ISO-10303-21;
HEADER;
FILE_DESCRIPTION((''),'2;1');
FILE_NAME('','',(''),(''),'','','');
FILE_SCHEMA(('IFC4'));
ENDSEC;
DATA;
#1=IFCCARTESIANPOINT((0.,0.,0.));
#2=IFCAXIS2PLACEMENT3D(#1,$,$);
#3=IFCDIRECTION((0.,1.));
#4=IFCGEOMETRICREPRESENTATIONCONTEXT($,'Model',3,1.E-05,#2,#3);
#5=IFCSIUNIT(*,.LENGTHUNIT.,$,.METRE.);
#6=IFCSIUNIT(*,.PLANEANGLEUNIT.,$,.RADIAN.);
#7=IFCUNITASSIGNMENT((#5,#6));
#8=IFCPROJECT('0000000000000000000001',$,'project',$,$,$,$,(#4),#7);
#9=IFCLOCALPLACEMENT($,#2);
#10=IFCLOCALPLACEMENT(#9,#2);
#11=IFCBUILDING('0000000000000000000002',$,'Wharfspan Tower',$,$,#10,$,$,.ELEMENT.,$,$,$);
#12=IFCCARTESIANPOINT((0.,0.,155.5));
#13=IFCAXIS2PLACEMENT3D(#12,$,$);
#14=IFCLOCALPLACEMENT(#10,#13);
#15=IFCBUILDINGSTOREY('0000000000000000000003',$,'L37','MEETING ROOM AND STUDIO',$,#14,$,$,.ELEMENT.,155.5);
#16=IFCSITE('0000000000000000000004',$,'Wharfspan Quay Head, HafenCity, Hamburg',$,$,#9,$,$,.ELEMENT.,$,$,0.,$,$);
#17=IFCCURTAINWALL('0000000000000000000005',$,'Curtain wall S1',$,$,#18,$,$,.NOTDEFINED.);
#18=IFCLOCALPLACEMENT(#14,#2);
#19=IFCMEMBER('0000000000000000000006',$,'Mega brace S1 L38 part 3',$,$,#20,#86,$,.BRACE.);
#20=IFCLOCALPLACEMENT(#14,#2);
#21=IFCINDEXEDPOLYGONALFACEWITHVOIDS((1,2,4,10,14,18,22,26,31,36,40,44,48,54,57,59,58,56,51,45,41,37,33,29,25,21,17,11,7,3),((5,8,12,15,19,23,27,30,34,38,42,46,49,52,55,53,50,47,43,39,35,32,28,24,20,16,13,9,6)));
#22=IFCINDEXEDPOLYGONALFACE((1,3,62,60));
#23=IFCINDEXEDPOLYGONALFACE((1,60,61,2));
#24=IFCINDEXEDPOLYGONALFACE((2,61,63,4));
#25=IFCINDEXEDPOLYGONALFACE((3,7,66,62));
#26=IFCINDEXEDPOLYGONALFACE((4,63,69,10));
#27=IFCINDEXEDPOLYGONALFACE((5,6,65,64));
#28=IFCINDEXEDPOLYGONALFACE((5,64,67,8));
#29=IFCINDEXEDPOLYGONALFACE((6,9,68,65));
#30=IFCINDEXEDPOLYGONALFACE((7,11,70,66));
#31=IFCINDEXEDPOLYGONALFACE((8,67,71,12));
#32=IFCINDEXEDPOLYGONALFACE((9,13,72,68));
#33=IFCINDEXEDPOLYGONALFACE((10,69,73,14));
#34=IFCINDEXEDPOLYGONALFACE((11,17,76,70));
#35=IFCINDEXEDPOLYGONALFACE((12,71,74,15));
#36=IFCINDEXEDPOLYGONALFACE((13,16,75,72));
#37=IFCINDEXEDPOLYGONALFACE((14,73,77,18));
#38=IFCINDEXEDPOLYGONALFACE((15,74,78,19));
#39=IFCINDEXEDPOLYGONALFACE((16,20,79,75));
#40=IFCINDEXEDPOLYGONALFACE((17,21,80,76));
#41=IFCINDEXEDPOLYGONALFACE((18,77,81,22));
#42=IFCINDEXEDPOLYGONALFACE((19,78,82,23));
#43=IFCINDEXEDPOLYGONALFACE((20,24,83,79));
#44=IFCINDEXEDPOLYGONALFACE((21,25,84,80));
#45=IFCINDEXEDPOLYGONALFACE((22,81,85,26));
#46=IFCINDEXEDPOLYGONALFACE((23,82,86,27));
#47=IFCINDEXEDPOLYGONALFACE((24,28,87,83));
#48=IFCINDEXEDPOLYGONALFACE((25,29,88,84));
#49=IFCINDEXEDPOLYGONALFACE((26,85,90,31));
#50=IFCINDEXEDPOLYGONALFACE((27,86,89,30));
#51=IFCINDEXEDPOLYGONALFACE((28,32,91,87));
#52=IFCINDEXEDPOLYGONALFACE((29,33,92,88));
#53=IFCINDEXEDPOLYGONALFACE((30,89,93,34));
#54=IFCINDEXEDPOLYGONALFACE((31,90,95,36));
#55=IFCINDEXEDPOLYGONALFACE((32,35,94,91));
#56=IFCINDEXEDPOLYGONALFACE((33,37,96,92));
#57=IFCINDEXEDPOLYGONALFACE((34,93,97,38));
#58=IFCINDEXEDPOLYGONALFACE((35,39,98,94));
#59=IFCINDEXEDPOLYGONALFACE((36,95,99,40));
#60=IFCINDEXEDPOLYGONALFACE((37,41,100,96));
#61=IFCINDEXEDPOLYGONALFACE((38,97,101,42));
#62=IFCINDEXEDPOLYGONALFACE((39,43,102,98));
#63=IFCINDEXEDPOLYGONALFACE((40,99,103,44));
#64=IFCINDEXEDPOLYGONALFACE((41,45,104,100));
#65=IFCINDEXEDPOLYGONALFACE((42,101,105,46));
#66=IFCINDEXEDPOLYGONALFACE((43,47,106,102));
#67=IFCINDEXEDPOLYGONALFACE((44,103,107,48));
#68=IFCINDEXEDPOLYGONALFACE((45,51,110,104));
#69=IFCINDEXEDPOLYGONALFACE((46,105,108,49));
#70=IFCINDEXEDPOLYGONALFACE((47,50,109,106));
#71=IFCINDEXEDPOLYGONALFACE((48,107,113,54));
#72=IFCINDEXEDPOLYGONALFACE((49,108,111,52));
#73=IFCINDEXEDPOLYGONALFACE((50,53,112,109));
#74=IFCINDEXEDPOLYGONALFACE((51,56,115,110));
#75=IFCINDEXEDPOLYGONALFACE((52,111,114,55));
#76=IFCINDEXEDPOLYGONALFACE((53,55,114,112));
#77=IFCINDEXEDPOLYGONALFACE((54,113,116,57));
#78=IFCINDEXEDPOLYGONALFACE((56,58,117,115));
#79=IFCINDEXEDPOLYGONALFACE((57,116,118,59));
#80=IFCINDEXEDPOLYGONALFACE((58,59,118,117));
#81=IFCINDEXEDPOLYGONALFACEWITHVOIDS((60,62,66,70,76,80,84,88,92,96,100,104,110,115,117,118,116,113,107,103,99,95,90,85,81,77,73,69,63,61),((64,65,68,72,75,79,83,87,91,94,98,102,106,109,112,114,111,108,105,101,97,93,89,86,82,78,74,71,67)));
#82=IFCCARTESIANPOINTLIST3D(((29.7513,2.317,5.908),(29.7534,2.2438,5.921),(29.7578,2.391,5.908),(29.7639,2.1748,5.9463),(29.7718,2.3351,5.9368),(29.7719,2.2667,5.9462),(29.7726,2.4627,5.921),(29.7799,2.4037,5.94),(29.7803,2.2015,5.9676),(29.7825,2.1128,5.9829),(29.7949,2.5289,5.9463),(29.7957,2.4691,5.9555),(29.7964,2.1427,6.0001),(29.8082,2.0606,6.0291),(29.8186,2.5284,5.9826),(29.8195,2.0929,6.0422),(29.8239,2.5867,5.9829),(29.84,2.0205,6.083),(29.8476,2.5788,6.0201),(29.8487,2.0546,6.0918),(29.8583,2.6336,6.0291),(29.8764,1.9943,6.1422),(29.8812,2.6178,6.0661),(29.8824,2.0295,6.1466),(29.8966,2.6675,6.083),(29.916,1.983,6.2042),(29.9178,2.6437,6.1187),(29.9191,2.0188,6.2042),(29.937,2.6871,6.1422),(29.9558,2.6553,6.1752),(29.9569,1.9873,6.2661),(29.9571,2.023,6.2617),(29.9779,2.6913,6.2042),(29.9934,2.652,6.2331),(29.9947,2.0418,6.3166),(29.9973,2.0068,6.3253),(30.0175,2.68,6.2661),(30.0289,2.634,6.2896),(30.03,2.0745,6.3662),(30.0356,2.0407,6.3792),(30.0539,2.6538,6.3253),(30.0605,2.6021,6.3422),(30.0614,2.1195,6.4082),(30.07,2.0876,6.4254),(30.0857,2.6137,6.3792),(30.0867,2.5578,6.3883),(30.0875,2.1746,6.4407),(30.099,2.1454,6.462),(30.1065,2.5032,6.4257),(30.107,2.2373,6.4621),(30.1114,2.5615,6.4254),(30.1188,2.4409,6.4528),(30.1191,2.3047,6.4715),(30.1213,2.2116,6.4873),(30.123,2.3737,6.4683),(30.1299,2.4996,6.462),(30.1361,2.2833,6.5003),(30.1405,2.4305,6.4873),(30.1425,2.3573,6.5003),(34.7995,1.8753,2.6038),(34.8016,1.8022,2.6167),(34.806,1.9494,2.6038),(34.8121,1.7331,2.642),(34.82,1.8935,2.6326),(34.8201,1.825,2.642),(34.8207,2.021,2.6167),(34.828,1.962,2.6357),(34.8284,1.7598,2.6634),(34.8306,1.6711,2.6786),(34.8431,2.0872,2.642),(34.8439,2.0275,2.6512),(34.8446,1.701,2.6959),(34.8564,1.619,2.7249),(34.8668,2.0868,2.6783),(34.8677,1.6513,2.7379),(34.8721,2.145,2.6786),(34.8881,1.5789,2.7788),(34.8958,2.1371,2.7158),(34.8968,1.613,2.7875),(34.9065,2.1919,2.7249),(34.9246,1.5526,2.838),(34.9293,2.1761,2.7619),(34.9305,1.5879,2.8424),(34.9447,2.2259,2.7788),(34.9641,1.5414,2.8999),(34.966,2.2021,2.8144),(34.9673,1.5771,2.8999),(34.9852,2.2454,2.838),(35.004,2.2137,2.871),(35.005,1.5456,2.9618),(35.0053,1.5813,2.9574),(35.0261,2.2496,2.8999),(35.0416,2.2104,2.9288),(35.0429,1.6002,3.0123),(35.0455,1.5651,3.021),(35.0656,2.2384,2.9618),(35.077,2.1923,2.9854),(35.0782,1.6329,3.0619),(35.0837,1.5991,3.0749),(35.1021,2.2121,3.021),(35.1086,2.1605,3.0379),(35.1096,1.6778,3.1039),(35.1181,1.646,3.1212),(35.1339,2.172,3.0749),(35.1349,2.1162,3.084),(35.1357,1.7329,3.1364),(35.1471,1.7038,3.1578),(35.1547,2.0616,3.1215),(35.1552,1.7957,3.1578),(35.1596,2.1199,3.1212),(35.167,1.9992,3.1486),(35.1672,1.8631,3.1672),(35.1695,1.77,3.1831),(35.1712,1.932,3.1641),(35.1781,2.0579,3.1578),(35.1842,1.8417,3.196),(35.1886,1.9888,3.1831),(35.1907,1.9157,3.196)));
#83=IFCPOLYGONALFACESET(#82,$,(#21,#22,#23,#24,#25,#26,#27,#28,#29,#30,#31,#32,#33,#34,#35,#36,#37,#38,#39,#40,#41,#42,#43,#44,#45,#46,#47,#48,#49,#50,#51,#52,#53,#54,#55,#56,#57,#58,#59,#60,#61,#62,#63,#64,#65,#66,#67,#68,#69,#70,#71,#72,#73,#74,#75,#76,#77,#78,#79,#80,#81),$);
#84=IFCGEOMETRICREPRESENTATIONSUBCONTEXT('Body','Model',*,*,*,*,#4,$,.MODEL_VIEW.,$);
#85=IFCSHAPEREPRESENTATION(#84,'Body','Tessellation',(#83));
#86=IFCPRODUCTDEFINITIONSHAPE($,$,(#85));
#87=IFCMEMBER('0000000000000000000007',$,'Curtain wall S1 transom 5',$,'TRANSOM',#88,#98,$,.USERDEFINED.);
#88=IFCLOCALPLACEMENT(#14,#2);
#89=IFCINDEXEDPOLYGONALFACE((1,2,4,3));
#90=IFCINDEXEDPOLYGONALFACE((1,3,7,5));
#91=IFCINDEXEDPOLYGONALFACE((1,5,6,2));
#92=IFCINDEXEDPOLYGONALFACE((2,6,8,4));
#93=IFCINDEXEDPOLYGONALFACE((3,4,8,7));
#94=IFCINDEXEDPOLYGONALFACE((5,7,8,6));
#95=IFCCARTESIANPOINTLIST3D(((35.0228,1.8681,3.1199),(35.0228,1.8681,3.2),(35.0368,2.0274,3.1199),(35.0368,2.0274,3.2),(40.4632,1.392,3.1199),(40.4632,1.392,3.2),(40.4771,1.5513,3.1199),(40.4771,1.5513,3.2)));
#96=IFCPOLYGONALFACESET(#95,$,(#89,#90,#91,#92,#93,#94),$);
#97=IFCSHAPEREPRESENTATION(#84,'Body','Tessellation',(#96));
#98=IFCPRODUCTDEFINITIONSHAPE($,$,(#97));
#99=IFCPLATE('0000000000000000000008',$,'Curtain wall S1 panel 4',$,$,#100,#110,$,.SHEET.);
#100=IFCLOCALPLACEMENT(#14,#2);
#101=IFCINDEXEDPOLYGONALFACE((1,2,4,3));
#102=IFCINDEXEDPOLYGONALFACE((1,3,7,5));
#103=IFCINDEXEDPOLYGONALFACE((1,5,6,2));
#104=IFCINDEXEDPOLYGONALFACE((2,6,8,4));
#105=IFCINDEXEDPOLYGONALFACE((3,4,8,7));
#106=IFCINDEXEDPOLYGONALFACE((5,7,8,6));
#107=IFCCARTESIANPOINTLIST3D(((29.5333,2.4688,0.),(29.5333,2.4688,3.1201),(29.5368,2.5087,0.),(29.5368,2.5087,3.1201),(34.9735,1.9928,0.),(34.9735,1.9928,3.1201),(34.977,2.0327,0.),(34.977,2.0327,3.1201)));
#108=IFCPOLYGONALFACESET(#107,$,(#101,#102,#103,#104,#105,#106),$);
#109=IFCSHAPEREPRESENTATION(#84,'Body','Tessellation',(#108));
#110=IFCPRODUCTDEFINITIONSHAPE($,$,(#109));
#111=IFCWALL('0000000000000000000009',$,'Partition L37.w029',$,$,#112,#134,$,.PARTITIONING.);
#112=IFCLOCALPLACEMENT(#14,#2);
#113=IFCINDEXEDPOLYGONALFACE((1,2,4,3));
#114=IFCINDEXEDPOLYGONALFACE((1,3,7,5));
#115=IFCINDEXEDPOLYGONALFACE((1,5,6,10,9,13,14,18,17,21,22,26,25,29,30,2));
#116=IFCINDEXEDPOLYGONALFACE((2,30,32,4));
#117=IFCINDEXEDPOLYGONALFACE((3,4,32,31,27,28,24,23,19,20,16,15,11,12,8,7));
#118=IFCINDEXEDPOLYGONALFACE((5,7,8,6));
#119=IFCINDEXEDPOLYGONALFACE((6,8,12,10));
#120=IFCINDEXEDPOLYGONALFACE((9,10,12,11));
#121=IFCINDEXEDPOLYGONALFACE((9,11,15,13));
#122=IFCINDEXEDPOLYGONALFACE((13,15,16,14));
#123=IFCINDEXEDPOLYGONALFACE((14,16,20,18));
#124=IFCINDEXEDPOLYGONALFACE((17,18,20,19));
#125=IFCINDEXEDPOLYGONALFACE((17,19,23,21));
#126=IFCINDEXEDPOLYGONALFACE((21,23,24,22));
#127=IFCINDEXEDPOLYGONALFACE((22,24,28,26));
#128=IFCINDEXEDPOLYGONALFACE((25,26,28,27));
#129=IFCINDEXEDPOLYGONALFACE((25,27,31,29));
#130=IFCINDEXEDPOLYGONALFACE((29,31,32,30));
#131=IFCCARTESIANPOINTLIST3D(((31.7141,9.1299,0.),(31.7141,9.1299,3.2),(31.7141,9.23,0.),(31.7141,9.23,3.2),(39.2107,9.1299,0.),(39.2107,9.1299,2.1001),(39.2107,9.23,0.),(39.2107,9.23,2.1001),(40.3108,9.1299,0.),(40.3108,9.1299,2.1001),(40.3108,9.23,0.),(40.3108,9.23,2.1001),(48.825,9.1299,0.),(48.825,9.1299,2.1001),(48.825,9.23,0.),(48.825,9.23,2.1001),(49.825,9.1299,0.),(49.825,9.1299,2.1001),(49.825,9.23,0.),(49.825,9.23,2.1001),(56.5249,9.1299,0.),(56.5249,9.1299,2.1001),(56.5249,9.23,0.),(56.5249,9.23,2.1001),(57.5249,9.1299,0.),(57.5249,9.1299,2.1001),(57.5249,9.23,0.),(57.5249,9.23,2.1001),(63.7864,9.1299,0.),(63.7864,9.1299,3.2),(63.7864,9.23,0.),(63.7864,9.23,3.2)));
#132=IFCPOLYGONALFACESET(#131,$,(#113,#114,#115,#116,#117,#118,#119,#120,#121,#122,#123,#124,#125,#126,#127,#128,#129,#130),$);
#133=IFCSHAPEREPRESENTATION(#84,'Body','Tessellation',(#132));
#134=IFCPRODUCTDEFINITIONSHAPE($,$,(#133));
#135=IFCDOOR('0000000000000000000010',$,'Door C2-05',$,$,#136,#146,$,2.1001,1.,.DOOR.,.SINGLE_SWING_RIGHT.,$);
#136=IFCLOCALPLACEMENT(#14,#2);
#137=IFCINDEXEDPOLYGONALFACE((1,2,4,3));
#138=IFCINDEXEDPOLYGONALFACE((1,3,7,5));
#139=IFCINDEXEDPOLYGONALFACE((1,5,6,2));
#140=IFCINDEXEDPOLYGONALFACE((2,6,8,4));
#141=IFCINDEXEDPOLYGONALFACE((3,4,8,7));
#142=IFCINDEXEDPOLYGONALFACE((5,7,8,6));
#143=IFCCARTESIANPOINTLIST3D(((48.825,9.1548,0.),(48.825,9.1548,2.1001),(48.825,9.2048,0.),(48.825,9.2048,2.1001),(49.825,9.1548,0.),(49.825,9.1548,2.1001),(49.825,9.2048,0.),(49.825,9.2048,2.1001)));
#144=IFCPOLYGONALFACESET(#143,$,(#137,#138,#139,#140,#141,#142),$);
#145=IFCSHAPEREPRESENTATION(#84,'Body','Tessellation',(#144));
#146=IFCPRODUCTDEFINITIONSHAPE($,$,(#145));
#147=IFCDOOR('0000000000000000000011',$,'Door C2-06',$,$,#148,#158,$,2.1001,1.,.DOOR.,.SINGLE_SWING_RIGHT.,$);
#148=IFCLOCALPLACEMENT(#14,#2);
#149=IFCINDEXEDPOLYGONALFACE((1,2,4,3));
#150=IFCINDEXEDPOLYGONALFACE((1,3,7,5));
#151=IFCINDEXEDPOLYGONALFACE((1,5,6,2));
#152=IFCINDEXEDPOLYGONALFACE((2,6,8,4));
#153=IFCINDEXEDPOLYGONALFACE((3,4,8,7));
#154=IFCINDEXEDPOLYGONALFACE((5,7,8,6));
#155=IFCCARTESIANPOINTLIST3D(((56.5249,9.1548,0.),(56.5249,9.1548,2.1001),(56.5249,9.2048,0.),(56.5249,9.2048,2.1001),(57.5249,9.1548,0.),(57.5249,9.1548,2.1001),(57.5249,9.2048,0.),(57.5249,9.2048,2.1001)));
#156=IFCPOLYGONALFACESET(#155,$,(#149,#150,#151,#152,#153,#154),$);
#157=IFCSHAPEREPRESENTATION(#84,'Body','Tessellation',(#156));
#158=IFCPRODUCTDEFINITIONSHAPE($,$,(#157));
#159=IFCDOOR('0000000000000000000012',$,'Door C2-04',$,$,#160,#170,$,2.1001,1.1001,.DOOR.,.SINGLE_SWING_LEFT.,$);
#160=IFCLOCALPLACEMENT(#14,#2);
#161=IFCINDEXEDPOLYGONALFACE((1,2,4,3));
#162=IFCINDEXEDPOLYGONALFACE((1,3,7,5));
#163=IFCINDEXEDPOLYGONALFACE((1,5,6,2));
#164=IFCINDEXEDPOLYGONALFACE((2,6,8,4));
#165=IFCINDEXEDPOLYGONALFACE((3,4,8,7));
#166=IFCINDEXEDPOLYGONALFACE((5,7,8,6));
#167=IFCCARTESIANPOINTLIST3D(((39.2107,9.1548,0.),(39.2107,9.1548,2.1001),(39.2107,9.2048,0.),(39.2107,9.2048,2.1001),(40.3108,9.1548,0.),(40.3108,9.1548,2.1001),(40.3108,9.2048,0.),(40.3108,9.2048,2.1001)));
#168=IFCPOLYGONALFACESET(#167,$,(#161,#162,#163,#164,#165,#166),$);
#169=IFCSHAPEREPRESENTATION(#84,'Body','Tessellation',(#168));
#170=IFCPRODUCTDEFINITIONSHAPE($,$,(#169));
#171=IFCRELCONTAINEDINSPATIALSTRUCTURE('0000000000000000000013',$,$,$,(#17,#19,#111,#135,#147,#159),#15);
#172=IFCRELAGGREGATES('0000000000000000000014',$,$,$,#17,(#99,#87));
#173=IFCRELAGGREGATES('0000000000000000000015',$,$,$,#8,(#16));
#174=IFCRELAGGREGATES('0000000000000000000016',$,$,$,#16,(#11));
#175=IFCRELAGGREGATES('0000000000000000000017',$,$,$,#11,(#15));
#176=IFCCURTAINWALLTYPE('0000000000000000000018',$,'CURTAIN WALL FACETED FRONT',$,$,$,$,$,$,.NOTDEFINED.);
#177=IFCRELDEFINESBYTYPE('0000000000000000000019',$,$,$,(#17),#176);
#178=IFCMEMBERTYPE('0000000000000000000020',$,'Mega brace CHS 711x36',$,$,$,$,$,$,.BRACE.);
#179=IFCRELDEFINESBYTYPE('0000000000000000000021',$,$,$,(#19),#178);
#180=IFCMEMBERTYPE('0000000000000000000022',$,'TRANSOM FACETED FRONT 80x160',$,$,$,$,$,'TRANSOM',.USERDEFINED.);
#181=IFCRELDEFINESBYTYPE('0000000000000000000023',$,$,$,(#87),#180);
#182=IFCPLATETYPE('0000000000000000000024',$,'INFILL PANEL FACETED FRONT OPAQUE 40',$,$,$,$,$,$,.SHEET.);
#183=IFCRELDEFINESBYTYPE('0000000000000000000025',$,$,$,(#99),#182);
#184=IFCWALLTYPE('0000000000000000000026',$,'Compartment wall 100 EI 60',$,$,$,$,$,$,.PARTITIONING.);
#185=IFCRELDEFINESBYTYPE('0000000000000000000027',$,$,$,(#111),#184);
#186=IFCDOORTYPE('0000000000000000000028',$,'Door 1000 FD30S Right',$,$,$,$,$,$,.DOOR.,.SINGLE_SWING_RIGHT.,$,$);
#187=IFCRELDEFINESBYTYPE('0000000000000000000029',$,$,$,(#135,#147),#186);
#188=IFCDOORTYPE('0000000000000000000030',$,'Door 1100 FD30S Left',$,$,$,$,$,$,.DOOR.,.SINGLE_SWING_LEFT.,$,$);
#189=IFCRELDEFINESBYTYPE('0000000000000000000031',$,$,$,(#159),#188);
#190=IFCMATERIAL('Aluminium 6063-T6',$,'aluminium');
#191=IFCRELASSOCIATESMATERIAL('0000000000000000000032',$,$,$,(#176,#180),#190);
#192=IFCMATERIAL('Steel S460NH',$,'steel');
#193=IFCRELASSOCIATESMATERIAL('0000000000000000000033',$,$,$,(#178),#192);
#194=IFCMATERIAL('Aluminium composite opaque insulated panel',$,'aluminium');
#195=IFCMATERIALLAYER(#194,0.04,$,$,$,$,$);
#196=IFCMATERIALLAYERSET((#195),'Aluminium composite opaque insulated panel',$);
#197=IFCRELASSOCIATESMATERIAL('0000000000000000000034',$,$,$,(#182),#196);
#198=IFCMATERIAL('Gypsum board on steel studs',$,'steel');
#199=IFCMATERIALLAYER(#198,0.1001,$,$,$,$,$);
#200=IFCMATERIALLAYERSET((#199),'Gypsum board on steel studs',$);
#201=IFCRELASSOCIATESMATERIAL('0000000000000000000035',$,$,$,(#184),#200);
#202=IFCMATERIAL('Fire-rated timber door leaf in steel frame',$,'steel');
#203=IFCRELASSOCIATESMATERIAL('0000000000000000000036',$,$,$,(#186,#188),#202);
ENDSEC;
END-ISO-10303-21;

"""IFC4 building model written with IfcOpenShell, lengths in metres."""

from ifc_helpers import new_model, si_unit, direction, frame, frame_2d, origin, origin_2d, place, context, subcontext, project, spatial, rectangle, hollow_circle, extrude, material, layer, layer_set, material_profile, profile_set, type_object, element, fill, aggregate, save


model = new_model("IFC4")

# Units and contexts
model_context = context("Model", 3, precision=1e-05, world=origin(), true_north=direction((0.0, 1.0)))
body_context = subcontext(model_context, "Body", "Model", "MODEL_VIEW")
ifc_project = project(units=[si_unit("LENGTHUNIT", "METRE"), si_unit("PLANEANGLEUNIT", "RADIAN")], contexts=[model_context])

# Site, building, storey
site_placement = place(None, origin())
site = spatial("IfcSite", under=ifc_project, at=site_placement, Name="Wharfspan Quay Head, HafenCity, Hamburg", CompositionType="ELEMENT", RefElevation=0.0)
building_placement = place(site_placement, origin())
building = spatial("IfcBuilding", under=site, at=building_placement, Name="Wharfspan Tower", CompositionType="ELEMENT")
storey_placement = place(building_placement, frame((0.0, 0.0, 155.5)))
storey = spatial("IfcBuildingStorey", under=building, at=storey_placement, Name="L37", Description="MEETING ROOM AND STUDIO", CompositionType="ELEMENT", Elevation=155.5)

# Curtain wall
ifc_material_1 = material(Name="Aluminium 6063-T6", Category="aluminium")
curtain_wall_type = type_object("IfcCurtainWallType", Name="CURTAIN WALL FACETED FRONT", PredefinedType="NOTDEFINED", material=ifc_material_1)
curtain_wall_placement = place(storey_placement, origin())
curtain_wall = element("IfcCurtainWall", 1, at=curtain_wall_placement, inside=storey, type_object=curtain_wall_type, Name="Curtain wall S1", PredefinedType="NOTDEFINED")

# Members
ifc_material_2 = material(Name="Steel S460NH", Category="steel")
ifc_material_profile_1 = material_profile(ifc_material_2, hollow_circle(Radius=0.3555, WallThickness=0.0359, at=origin_2d()))
ifc_profile_set_1 = profile_set([ifc_material_profile_1], Name="Steel S460NH")
member_type_1 = type_object("IfcMemberType", Name="Mega brace CHS 711x36", PredefinedType="BRACE", material=ifc_profile_set_1)
member_1_placement = place(storey_placement, frame((34.9951, 1.8955, 2.8999), z_axis=(-0.834469, 0.073006, 0.546197), x_axis=(-0.087156, -0.996198, -0.000001)))
element("IfcMember", 2, at=member_1_placement, inside=storey, type_object=member_type_1, Name="Mega brace S1 L38 part 3", PredefinedType="BRACE", context=body_context, shape_type="SweptSolid", body=[
    extrude(hollow_circle(Radius=0.3555, WallThickness=0.0359, at=origin_2d()), origin(), (0.0, 0.0, 1.0), 6.0496),
])
ifc_material_profile_2 = material_profile(ifc_material_1, rectangle(XDim=0.1599, YDim=0.0801, at=origin_2d()))
ifc_profile_set_2 = profile_set([ifc_material_profile_2], Name="Aluminium 6063-T6")
member_type_2 = type_object("IfcMemberType", Name="TRANSOM FACETED FRONT 80x160", ElementType="TRANSOM", PredefinedType="USERDEFINED", material=ifc_profile_set_2)
member_2_placement = place(storey_placement, frame((35.0298, 1.9478, 3.1599), z_axis=(0.996193, -0.087174, 0.0), x_axis=(0.087174, 0.996193, 0.0)))
member_2 = element("IfcMember", 3, at=member_2_placement, type_object=member_type_2, Name="Curtain wall S1 transom 5", ObjectType="TRANSOM", PredefinedType="USERDEFINED", context=body_context, shape_type="SweptSolid", body=[
    extrude(rectangle(XDim=0.1599, YDim=0.0801, at=origin_2d()), origin(), (0.0, 0.0, 1.0), 5.4612),
])

# Plate
ifc_material_3 = material(Name="Aluminium composite opaque insulated panel", Category="aluminium")
ifc_layer_1 = layer(ifc_material_3, 0.04)
ifc_layer_set_1 = layer_set([ifc_layer_1], Name="Aluminium composite opaque insulated panel")
plate_type = type_object("IfcPlateType", Name="INFILL PANEL FACETED FRONT OPAQUE 40", PredefinedType="SHEET", material=ifc_layer_set_1)
plate_placement = place(storey_placement, frame((32.2551, 2.2507, 0.0), z_axis=(0.0, 0.0, 1.0), x_axis=(0.996198, -0.087156, 0.0)))
plate = element("IfcPlate", 4, at=plate_placement, type_object=plate_type, Name="Curtain wall S1 panel 4", PredefinedType="SHEET", context=body_context, shape_type="SweptSolid", body=[
    extrude(rectangle(XDim=5.4609, YDim=0.04, at=origin_2d()), origin(), (0.0, 0.0, 1.0), 3.1201),
])
aggregate(curtain_wall, [plate, member_2])

# Wall, openings, doors
ifc_material_4 = material(Name="Gypsum board on steel studs", Category="steel")
ifc_layer_2 = layer(ifc_material_4, 0.1001)
ifc_layer_set_2 = layer_set([ifc_layer_2], Name="Gypsum board on steel studs")
wall_type_1 = type_object("IfcWallType", Name="Compartment wall 100 EI 60", PredefinedType="PARTITIONING", material=ifc_layer_set_2)
wall_1_placement = place(storey_placement, frame((31.7141, 9.1799, 0.0), z_axis=(0.0, 0.0, 1.0), x_axis=(1.0, 0.0, 0.0)))
wall_1 = element("IfcWall", 5, at=wall_1_placement, inside=storey, type_object=wall_type_1, Name="Partition L37.w029", PredefinedType="PARTITIONING", context=body_context, shape_type="SweptSolid", body=[
    extrude(rectangle(XDim=32.0723, YDim=0.1001, at=frame_2d((16.0361, 0.0))), origin(), (0.0, 0.0, 1.0), 3.2),
])
opening_1_placement = place(wall_1_placement, frame((7.4966, 0.0, 0.0)))
opening_1 = element("IfcOpeningElement", 6, at=opening_1_placement, cuts=wall_1, PredefinedType="OPENING", context=body_context, shape_type="SweptSolid", body=[
    extrude(rectangle(XDim=1.1001, YDim=2.1001, at=frame_2d((0.55, 1.05))), frame((0.0, 0.0601, 0.0), z_axis=(0.0, -1.0, 0.0), x_axis=(1.0, 0.0, 0.0)), (0.0, 0.0, 1.0), 0.1201),
])
opening_2_placement = place(wall_1_placement, frame((17.1108, 0.0, 0.0)))
opening_2 = element("IfcOpeningElement", 7, at=opening_2_placement, cuts=wall_1, PredefinedType="OPENING", context=body_context, shape_type="SweptSolid", body=[
    extrude(rectangle(XDim=1.0, YDim=2.1001, at=frame_2d((0.5, 1.05))), frame((0.0, 0.0601, 0.0), z_axis=(0.0, -1.0, 0.0), x_axis=(1.0, 0.0, 0.0)), (0.0, 0.0, 1.0), 0.1201),
])
opening_3_placement = place(wall_1_placement, frame((24.8108, 0.0, 0.0)))
opening_3 = element("IfcOpeningElement", 8, at=opening_3_placement, cuts=wall_1, PredefinedType="OPENING", context=body_context, shape_type="SweptSolid", body=[
    extrude(rectangle(XDim=1.0, YDim=2.1001, at=frame_2d((0.5, 1.05))), frame((0.0, 0.0601, 0.0), z_axis=(0.0, -1.0, 0.0), x_axis=(1.0, 0.0, 0.0)), (0.0, 0.0, 1.0), 0.1201),
])
ifc_material_5 = material(Name="Fire-rated timber door leaf in steel frame", Category="steel")
door_type_1 = type_object("IfcDoorType", Name="Door 1000 FD30S Right", OperationType="SINGLE_SWING_RIGHT", PredefinedType="DOOR", material=ifc_material_5)
door_1_placement = place(opening_2_placement, origin())
door_1 = element("IfcDoor", 9, at=door_1_placement, inside=storey, type_object=door_type_1, Name="Door C2-05", OperationType="SINGLE_SWING_RIGHT", OverallHeight=2.1001, OverallWidth=1.0, PredefinedType="DOOR", context=body_context, shape_type="SweptSolid", body=[
    extrude(rectangle(XDim=1.0, YDim=2.1001, at=frame_2d((0.5, 1.05))), frame((0.0, 0.0249, 0.0), z_axis=(0.0, -1.0, 0.0), x_axis=(1.0, 0.0, 0.0)), (0.0, 0.0, 1.0), 0.05),
])
fill(opening_2, door_1)
door_2_placement = place(opening_3_placement, origin())
door_2 = element("IfcDoor", 10, at=door_2_placement, inside=storey, type_object=door_type_1, Name="Door C2-06", OperationType="SINGLE_SWING_RIGHT", OverallHeight=2.1001, OverallWidth=1.0, PredefinedType="DOOR", context=body_context, shape_type="SweptSolid", body=[
    extrude(rectangle(XDim=1.0, YDim=2.1001, at=frame_2d((0.5, 1.05))), frame((0.0, 0.0249, 0.0), z_axis=(0.0, -1.0, 0.0), x_axis=(1.0, 0.0, 0.0)), (0.0, 0.0, 1.0), 0.05),
])
fill(opening_3, door_2)
door_type_2 = type_object("IfcDoorType", Name="Door 1100 FD30S Left", OperationType="SINGLE_SWING_LEFT", PredefinedType="DOOR", material=ifc_material_5)
door_3_placement = place(opening_1_placement, origin())
door_3 = element("IfcDoor", 11, at=door_3_placement, inside=storey, type_object=door_type_2, Name="Door C2-04", OperationType="SINGLE_SWING_LEFT", OverallHeight=2.1001, OverallWidth=1.1001, PredefinedType="DOOR", context=body_context, shape_type="SweptSolid", body=[
    extrude(rectangle(XDim=1.1001, YDim=2.1001, at=frame_2d((0.55, 1.05))), frame((0.0, 0.0249, 0.0), z_axis=(0.0, -1.0, 0.0), x_axis=(1.0, 0.0, 0.0)), (0.0, 0.0, 1.0), 0.05),
])
fill(opening_1, door_3)

save(model, "model.ifc")
